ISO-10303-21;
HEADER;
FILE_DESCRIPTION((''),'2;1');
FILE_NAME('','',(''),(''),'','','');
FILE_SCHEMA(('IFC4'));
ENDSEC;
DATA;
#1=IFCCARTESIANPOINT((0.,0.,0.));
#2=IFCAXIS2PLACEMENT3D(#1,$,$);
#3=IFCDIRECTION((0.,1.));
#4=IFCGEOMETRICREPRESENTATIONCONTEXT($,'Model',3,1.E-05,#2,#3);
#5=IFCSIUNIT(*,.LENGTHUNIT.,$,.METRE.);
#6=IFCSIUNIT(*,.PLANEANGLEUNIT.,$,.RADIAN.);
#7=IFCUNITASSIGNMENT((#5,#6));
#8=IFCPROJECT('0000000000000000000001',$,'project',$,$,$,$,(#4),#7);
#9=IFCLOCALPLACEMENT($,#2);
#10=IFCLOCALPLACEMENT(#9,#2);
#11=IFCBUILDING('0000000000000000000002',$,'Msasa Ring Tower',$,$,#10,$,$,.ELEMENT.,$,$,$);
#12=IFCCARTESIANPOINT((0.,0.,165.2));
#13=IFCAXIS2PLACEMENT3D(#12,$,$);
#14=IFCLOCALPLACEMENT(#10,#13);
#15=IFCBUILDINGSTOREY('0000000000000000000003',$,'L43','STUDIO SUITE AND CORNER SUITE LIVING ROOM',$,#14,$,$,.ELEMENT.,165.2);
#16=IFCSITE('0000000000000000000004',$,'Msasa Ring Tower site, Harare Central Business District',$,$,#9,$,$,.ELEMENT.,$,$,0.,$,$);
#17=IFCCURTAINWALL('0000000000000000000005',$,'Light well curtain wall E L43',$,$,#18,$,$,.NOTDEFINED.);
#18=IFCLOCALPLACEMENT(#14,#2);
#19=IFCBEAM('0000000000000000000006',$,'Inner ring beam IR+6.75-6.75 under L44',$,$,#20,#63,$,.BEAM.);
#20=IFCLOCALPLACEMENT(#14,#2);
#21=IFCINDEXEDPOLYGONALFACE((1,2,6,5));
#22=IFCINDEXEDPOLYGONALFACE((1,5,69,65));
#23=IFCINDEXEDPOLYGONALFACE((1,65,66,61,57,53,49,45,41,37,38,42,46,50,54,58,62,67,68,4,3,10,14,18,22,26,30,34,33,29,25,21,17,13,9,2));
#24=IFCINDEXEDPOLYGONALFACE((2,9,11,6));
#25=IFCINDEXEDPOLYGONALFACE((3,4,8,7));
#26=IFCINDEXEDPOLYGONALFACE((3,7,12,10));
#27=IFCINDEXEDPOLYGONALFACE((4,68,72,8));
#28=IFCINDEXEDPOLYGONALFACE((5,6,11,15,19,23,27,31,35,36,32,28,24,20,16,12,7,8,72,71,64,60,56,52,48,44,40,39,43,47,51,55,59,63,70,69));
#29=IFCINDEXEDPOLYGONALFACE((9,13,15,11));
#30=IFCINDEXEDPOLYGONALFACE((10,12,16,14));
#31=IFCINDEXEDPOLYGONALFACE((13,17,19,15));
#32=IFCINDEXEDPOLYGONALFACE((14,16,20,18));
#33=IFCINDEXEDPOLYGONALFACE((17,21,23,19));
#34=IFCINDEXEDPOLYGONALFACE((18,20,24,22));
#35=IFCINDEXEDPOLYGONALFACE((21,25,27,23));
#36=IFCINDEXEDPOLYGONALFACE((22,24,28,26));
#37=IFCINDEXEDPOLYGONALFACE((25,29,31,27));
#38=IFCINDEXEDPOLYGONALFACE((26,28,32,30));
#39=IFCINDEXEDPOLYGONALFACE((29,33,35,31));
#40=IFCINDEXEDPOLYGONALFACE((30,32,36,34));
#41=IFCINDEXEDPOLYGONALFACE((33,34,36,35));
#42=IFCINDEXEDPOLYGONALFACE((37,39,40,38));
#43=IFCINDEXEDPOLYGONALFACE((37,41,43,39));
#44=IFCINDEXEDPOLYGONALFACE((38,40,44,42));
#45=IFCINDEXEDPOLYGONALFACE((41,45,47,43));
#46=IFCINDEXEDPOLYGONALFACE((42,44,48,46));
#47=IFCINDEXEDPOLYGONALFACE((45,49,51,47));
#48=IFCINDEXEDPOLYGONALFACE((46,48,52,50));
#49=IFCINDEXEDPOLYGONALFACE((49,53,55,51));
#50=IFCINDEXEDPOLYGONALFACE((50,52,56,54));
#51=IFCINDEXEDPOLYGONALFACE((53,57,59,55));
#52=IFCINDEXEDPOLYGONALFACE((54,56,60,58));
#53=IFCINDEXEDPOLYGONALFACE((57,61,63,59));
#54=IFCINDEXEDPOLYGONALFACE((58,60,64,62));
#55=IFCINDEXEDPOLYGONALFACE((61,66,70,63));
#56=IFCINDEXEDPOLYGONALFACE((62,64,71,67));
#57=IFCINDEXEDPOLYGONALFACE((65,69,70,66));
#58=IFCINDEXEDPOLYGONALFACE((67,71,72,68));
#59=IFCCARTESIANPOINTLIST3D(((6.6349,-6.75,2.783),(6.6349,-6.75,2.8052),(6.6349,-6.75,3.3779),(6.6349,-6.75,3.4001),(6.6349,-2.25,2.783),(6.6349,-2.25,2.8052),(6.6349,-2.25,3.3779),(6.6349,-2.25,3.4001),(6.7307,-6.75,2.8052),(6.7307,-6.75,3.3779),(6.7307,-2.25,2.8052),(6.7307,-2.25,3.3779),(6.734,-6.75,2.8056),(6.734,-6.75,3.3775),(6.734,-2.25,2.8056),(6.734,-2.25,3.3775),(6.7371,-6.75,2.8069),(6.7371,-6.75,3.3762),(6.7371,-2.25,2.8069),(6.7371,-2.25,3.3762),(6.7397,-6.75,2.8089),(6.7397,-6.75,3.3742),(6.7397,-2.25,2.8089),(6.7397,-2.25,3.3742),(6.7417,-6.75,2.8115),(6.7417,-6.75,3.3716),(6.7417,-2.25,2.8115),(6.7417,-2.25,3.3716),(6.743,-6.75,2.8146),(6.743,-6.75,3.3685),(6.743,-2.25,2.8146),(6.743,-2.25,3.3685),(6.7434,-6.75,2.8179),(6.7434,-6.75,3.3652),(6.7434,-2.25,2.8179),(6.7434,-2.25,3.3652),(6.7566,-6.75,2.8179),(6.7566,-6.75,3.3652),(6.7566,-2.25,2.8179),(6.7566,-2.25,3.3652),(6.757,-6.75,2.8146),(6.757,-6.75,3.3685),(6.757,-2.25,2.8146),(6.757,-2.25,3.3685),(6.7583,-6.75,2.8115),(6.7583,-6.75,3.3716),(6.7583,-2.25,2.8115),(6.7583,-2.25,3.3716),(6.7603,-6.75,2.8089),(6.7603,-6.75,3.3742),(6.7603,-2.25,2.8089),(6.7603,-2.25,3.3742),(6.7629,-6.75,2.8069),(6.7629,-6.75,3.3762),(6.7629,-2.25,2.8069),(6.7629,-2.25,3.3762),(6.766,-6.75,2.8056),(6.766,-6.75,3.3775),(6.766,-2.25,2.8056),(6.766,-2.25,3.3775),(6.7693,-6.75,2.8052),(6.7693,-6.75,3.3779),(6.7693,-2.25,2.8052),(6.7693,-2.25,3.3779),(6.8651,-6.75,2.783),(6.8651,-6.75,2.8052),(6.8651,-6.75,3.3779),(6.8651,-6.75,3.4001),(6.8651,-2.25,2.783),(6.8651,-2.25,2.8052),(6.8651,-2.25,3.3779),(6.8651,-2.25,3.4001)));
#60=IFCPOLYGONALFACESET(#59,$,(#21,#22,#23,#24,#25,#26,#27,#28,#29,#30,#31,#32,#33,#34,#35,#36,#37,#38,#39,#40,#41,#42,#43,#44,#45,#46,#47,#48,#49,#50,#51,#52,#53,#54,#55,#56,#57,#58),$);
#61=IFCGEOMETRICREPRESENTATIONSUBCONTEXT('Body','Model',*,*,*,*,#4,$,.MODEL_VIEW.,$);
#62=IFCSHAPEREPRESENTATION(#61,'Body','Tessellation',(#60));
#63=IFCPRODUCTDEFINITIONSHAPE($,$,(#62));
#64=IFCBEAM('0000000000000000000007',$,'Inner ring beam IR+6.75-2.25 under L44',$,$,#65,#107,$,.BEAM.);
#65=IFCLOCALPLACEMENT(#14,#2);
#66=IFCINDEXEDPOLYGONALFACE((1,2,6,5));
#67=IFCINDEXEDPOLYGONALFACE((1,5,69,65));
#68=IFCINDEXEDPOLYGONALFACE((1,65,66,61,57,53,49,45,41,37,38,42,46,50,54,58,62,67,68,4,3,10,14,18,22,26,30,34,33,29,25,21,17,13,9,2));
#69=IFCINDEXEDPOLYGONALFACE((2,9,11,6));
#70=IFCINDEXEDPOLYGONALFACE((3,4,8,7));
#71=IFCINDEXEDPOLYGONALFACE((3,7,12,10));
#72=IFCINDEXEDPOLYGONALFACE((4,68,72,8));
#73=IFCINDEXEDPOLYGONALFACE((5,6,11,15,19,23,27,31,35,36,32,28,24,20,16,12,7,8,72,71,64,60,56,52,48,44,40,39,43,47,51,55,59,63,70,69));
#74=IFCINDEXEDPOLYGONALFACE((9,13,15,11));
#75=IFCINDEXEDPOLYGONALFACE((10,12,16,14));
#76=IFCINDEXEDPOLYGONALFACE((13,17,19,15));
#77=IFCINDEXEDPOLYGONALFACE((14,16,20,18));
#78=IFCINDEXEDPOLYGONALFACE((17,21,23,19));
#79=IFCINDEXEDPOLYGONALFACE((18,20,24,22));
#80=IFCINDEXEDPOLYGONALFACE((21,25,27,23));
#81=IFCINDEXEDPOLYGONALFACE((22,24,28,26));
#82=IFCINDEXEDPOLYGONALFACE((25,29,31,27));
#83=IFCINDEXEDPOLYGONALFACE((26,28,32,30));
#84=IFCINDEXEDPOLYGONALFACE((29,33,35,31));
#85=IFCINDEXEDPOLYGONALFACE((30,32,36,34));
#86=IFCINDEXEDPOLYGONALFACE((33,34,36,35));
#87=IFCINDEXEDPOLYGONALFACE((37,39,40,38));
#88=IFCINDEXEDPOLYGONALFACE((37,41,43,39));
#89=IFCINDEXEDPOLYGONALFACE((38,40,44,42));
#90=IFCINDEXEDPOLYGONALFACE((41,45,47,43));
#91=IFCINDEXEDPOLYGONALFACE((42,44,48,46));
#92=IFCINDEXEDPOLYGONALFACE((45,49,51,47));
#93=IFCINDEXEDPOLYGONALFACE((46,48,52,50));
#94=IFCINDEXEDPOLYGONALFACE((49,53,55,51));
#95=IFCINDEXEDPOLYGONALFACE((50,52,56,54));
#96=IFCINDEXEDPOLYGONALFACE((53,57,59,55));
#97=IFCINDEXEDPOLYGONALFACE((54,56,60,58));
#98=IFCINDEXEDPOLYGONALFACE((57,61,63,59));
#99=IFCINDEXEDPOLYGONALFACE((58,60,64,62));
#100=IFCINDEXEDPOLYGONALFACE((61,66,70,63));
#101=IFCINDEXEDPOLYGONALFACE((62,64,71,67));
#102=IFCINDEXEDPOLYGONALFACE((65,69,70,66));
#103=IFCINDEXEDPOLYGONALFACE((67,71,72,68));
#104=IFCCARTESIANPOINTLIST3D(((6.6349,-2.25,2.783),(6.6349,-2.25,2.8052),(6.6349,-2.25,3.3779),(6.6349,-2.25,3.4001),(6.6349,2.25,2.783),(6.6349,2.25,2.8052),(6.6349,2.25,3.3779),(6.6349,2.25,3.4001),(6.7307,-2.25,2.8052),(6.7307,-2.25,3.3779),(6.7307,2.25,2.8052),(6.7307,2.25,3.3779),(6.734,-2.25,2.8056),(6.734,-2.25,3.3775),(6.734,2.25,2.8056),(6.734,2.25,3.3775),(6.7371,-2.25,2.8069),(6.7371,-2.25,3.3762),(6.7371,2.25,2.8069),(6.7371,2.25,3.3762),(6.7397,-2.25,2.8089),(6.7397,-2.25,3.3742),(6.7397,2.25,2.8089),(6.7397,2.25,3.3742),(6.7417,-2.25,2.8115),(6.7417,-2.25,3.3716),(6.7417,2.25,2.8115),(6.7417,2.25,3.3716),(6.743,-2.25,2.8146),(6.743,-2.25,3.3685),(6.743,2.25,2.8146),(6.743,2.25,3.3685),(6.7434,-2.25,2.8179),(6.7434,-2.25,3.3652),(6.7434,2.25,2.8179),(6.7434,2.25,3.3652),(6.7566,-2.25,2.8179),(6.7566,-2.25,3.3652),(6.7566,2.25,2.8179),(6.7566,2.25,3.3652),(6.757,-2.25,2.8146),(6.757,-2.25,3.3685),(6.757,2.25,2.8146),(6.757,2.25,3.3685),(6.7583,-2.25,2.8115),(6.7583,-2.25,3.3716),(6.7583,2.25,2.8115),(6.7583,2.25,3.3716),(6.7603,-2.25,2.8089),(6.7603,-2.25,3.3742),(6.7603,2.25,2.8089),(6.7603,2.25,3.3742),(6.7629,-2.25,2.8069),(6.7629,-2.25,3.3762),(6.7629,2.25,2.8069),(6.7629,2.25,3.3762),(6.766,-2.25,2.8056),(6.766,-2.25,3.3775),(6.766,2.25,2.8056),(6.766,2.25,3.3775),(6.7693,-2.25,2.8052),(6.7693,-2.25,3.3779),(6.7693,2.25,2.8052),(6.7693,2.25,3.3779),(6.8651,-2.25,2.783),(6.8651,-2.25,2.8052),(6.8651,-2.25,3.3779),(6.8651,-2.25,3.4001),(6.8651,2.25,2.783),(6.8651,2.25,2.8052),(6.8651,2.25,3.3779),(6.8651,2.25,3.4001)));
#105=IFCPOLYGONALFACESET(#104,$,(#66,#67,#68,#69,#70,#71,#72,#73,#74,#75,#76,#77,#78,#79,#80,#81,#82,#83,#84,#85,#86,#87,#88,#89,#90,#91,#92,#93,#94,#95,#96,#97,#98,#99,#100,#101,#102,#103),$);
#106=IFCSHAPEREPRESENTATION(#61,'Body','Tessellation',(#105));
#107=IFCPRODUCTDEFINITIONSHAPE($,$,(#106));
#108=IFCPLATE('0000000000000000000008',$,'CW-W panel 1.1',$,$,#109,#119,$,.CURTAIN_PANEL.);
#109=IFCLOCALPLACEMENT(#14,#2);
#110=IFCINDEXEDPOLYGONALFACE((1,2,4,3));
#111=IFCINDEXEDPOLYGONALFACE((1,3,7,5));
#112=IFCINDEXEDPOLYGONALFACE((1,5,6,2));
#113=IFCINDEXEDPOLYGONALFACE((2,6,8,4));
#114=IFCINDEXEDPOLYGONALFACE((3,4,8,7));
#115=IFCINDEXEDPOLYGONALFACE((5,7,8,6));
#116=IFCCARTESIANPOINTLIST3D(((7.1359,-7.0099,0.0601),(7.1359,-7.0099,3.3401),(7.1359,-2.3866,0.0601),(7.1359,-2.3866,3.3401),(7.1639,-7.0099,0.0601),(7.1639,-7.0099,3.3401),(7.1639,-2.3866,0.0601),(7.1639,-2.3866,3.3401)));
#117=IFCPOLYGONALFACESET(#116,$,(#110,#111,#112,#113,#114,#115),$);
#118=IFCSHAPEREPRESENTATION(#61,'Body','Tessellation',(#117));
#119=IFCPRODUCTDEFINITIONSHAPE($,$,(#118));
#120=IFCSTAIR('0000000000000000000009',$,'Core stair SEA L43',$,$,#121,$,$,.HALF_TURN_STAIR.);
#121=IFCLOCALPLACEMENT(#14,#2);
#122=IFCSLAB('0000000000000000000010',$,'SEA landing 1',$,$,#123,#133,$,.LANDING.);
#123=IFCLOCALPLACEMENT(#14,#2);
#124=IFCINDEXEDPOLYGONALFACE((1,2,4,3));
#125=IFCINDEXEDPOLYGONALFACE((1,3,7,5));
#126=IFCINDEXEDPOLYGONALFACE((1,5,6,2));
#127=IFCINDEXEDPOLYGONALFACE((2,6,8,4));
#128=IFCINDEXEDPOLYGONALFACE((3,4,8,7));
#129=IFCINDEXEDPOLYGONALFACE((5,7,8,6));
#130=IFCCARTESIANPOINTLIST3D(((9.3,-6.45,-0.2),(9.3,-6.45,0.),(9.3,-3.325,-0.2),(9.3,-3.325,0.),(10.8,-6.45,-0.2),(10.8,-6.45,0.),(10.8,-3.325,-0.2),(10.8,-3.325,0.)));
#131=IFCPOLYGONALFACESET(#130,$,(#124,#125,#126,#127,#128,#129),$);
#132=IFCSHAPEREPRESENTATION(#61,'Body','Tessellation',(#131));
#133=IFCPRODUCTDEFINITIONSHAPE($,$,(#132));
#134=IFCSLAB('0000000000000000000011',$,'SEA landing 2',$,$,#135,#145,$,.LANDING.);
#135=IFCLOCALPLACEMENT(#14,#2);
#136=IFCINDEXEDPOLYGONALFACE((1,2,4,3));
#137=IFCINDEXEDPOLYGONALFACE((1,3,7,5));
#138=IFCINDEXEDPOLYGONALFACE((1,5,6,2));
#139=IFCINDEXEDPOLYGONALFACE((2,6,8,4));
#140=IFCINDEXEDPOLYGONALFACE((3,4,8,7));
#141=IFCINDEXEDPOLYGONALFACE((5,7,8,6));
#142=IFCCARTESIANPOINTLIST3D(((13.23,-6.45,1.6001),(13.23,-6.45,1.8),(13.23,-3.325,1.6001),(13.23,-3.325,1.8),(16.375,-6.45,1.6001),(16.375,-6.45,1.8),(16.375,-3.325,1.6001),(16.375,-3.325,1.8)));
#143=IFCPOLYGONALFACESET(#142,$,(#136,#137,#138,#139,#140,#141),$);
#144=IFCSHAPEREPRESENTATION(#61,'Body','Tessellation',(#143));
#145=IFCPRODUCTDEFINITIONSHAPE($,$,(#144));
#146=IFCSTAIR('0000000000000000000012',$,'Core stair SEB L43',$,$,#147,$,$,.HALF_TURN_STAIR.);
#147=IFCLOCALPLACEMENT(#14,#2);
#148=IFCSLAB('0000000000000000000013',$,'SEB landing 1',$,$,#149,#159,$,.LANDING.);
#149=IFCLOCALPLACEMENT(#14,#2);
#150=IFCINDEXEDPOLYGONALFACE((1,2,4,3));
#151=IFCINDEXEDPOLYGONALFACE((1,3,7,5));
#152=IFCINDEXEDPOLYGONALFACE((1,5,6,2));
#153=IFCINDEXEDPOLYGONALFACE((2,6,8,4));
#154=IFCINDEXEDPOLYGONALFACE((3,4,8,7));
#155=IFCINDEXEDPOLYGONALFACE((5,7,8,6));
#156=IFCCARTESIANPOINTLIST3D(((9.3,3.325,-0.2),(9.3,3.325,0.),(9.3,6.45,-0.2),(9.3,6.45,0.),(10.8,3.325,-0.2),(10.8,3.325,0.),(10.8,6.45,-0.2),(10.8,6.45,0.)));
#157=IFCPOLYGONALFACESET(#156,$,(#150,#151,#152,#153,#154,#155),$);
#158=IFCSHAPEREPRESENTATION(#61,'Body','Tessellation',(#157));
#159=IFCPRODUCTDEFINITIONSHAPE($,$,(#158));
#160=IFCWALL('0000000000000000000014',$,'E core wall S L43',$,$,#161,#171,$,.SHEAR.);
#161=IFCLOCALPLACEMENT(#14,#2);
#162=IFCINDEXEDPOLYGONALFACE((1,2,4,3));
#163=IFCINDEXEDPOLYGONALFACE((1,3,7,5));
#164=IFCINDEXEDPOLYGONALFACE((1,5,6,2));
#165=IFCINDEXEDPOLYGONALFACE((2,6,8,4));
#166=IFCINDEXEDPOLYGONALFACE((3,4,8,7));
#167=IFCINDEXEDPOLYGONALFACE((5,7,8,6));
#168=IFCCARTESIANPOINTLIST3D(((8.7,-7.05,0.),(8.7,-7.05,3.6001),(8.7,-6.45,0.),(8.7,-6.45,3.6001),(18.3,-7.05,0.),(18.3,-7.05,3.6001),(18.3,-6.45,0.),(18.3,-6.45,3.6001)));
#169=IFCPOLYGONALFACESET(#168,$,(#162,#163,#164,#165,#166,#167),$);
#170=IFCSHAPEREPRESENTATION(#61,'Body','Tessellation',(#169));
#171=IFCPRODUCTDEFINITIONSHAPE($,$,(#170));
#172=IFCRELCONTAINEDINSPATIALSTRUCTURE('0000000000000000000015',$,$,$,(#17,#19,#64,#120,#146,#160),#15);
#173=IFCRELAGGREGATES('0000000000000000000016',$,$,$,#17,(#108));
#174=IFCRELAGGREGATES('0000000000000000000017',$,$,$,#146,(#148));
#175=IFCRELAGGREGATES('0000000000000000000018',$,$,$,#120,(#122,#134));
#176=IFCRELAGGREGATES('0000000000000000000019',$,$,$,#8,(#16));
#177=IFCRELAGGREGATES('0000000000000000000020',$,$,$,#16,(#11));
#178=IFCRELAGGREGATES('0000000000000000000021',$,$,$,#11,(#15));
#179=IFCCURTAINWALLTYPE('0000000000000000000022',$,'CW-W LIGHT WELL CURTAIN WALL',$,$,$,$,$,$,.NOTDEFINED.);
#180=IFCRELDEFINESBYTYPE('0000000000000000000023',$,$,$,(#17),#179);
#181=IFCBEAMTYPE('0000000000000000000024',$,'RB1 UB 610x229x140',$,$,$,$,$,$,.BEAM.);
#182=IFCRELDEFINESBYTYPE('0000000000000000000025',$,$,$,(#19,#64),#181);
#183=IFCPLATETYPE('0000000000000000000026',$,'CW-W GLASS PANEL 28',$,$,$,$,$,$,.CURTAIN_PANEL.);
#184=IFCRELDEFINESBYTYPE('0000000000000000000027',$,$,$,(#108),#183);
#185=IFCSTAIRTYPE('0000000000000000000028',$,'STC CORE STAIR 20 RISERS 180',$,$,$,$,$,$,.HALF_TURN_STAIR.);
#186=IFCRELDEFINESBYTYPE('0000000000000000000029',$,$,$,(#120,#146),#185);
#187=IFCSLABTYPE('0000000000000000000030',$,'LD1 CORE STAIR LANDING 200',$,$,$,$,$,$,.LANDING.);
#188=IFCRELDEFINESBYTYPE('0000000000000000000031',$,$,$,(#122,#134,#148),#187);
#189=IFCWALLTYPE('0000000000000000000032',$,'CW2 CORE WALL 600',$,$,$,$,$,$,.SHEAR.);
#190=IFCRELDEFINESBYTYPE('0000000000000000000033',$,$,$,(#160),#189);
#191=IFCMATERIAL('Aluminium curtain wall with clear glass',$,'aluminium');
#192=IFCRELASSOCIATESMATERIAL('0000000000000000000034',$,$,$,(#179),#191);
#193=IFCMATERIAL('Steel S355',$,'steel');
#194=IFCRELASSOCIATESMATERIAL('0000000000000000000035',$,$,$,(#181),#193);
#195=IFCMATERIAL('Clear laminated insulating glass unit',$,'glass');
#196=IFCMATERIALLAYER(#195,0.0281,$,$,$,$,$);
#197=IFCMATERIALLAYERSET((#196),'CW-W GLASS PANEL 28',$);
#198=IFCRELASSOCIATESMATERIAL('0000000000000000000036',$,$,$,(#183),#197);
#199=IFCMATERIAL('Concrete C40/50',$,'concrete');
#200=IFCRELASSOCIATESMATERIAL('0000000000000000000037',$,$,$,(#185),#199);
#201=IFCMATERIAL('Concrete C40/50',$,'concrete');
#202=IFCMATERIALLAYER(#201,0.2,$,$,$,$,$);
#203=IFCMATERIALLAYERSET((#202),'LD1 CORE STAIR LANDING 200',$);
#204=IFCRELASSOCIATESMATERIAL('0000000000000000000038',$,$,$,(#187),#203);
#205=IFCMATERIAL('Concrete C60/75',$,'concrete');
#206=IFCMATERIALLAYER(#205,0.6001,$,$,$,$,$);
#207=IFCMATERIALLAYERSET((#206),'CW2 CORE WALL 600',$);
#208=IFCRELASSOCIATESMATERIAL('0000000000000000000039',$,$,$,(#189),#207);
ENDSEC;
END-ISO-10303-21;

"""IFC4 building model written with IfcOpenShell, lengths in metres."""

from ifc_helpers import new_model, si_unit, direction, frame, frame_2d, origin, origin_2d, place, context, subcontext, project, spatial, polyline, rectangle, i_section, outline, extrude, material, layer, layer_set, material_profile, profile_set, type_object, element, aggregate, save


model = new_model("IFC4")

# Units and contexts
model_context = context("Model", 3, precision=1e-05, world=origin(), true_north=direction((0.0, 1.0)))
body_context = subcontext(model_context, "Body", "Model", "MODEL_VIEW")
ifc_project = project(units=[si_unit("LENGTHUNIT", "METRE"), si_unit("PLANEANGLEUNIT", "RADIAN")], contexts=[model_context])

# Site, building, storey
site_placement = place(None, origin())
site = spatial("IfcSite", under=ifc_project, at=site_placement, Name="Msasa Ring Tower site, Harare Central Business District", CompositionType="ELEMENT", RefElevation=0.0)
building_placement = place(site_placement, origin())
building = spatial("IfcBuilding", under=site, at=building_placement, Name="Msasa Ring Tower", CompositionType="ELEMENT")
storey_placement = place(building_placement, frame((0.0, 0.0, 165.2)))
storey = spatial("IfcBuildingStorey", under=building, at=storey_placement, Name="L43", Description="STUDIO SUITE AND CORNER SUITE LIVING ROOM", CompositionType="ELEMENT", Elevation=165.2)

# Shared definitions
ifc_material_1 = material(Name="Aluminium curtain wall with clear glass", Category="aluminium")
curtain_wall_type = type_object("IfcCurtainWallType", Name="CW-W LIGHT WELL CURTAIN WALL", PredefinedType="NOTDEFINED", material=ifc_material_1)

# Curtain wall
curtain_wall_1_placement = place(storey_placement, origin())
curtain_wall_1 = element("IfcCurtainWall", 1, at=curtain_wall_1_placement, inside=storey, type_object=curtain_wall_type, Name="Light well curtain wall E L43", PredefinedType="NOTDEFINED")

# Beams
ifc_material_2 = material(Name="Steel S355", Category="steel")
ifc_material_profile_1 = material_profile(ifc_material_2, i_section(OverallWidth=0.2302, OverallDepth=0.6172, WebThickness=0.0132, FlangeThickness=0.0222, FilletRadius=0.0127, at=origin_2d()), Name="UB 610x229x140")
ifc_profile_set_1 = profile_set([ifc_material_profile_1], Name="Steel S355")
beam_type = type_object("IfcBeamType", Name="RB1 UB 610x229x140", PredefinedType="BEAM", material=ifc_profile_set_1)
for number, where, z_axis, x_axis, name in (
    (2, (6.75, -6.75, 3.0916), (0.0, 1.0, 0.0), (-1.0, 0.0, 0.0), "Inner ring beam IR+6.75-6.75 under L44"),
    (3, (6.75, -2.25, 3.0916), (0.0, 1.0, 0.0), (-1.0, 0.0, 0.0), "Inner ring beam IR+6.75-2.25 under L44"),
):
    element("IfcBeam", number, at=place(storey_placement, frame(where, z_axis=z_axis, x_axis=x_axis)), inside=storey, type_object=beam_type, Name=name, PredefinedType="BEAM", context=body_context, shape_type="SweptSolid", body=[
        extrude(i_section(OverallWidth=0.2302, OverallDepth=0.6172, WebThickness=0.0132, FlangeThickness=0.0222, FilletRadius=0.0127, at=origin_2d()), origin(), (0.0, 0.0, 1.0), 4.5),
    ])

# Plate
ifc_material_3 = material(Name="Clear laminated insulating glass unit", Category="glass")
ifc_layer_1 = layer(ifc_material_3, 0.0281)
ifc_layer_set_1 = layer_set([ifc_layer_1], Name="CW-W GLASS PANEL 28")
plate_type = type_object("IfcPlateType", Name="CW-W GLASS PANEL 28", PredefinedType="CURTAIN_PANEL", material=ifc_layer_set_1)
plate_placement = place(storey_placement, frame((7.1499, -4.6982, 0.0601), z_axis=(0.0, 0.0, 1.0), x_axis=(0.0, 1.0, 0.0)))
plate = element("IfcPlate", 4, at=plate_placement, type_object=plate_type, Name="CW-W panel 1.1", PredefinedType="CURTAIN_PANEL", context=body_context, shape_type="SweptSolid", body=[
    extrude(rectangle(XDim=4.6233, YDim=0.0281, at=origin_2d()), origin(), (0.0, 0.0, 1.0), 3.28),
])
aggregate(curtain_wall_1, [plate])

# Stair, slabs
ifc_material_4 = material(Name="Concrete C40/50", Category="concrete")
stair_type = type_object("IfcStairType", Name="STC CORE STAIR 20 RISERS 180", PredefinedType="HALF_TURN_STAIR", material=ifc_material_4)
stair_1_placement = place(storey_placement, origin())
stair_1 = element("IfcStair", 5, at=stair_1_placement, inside=storey, type_object=stair_type, Name="Core stair SEA L43", PredefinedType="HALF_TURN_STAIR")
ifc_material_5 = material(Name="Concrete C40/50", Category="concrete")
ifc_layer_2 = layer(ifc_material_5, 0.2)
ifc_layer_set_2 = layer_set([ifc_layer_2], Name="LD1 CORE STAIR LANDING 200")
slab_type = type_object("IfcSlabType", Name="LD1 CORE STAIR LANDING 200", PredefinedType="LANDING", material=ifc_layer_set_2)
slab_1_placement = place(storey_placement, frame((0.0, 0.0, -0.2)))
slab_1 = element("IfcSlab", 6, at=slab_1_placement, type_object=slab_type, Name="SEA landing 1", PredefinedType="LANDING", context=body_context, shape_type="SweptSolid", body=[
    extrude(outline(polyline([(9.3, -6.45), (10.8, -6.45), (10.8, -3.325), (9.3, -3.325), (9.3, -6.45)])), origin(), (0.0, 0.0, 1.0), 0.2),
])
slab_2_placement = place(storey_placement, frame((0.0, 0.0, 1.6001)))
slab_2 = element("IfcSlab", 7, at=slab_2_placement, type_object=slab_type, Name="SEA landing 2", PredefinedType="LANDING", context=body_context, shape_type="SweptSolid", body=[
    extrude(outline(polyline([(13.23, -6.45), (16.375, -6.45), (16.375, -3.325), (13.23, -3.325), (13.23, -6.45)])), origin(), (0.0, 0.0, 1.0), 0.2),
])

# Stair, slab
stair_2_placement = place(storey_placement, origin())
stair_2 = element("IfcStair", 8, at=stair_2_placement, inside=storey, type_object=stair_type, Name="Core stair SEB L43", PredefinedType="HALF_TURN_STAIR")
slab_3_placement = place(storey_placement, frame((0.0, 0.0, -0.2)))
slab_3 = element("IfcSlab", 9, at=slab_3_placement, type_object=slab_type, Name="SEB landing 1", PredefinedType="LANDING", context=body_context, shape_type="SweptSolid", body=[
    extrude(outline(polyline([(9.3, 3.325), (10.8, 3.325), (10.8, 6.45), (9.3, 6.45), (9.3, 3.325)])), origin(), (0.0, 0.0, 1.0), 0.2),
])
aggregate(stair_2, [slab_3])

# Wall
ifc_material_6 = material(Name="Concrete C60/75", Category="concrete")
ifc_layer_3 = layer(ifc_material_6, 0.6001)
ifc_layer_set_3 = layer_set([ifc_layer_3], Name="CW2 CORE WALL 600")
wall_type_1 = type_object("IfcWallType", Name="CW2 CORE WALL 600", PredefinedType="SHEAR", material=ifc_layer_set_3)
wall_1_placement = place(storey_placement, frame((8.7, -6.75, 0.0), z_axis=(0.0, 0.0, 1.0), x_axis=(1.0, 0.0, 0.0)))
element("IfcWall", 10, at=wall_1_placement, inside=storey, type_object=wall_type_1, Name="E core wall S L43", PredefinedType="SHEAR", context=body_context, shape_type="SweptSolid", body=[
    extrude(rectangle(XDim=9.6001, YDim=0.6001, at=frame_2d((4.8, 0.0))), origin(), (0.0, 0.0, 1.0), 3.6001),
])

aggregate(stair_1, [slab_1, slab_2])

save(model, "model.ifc")
